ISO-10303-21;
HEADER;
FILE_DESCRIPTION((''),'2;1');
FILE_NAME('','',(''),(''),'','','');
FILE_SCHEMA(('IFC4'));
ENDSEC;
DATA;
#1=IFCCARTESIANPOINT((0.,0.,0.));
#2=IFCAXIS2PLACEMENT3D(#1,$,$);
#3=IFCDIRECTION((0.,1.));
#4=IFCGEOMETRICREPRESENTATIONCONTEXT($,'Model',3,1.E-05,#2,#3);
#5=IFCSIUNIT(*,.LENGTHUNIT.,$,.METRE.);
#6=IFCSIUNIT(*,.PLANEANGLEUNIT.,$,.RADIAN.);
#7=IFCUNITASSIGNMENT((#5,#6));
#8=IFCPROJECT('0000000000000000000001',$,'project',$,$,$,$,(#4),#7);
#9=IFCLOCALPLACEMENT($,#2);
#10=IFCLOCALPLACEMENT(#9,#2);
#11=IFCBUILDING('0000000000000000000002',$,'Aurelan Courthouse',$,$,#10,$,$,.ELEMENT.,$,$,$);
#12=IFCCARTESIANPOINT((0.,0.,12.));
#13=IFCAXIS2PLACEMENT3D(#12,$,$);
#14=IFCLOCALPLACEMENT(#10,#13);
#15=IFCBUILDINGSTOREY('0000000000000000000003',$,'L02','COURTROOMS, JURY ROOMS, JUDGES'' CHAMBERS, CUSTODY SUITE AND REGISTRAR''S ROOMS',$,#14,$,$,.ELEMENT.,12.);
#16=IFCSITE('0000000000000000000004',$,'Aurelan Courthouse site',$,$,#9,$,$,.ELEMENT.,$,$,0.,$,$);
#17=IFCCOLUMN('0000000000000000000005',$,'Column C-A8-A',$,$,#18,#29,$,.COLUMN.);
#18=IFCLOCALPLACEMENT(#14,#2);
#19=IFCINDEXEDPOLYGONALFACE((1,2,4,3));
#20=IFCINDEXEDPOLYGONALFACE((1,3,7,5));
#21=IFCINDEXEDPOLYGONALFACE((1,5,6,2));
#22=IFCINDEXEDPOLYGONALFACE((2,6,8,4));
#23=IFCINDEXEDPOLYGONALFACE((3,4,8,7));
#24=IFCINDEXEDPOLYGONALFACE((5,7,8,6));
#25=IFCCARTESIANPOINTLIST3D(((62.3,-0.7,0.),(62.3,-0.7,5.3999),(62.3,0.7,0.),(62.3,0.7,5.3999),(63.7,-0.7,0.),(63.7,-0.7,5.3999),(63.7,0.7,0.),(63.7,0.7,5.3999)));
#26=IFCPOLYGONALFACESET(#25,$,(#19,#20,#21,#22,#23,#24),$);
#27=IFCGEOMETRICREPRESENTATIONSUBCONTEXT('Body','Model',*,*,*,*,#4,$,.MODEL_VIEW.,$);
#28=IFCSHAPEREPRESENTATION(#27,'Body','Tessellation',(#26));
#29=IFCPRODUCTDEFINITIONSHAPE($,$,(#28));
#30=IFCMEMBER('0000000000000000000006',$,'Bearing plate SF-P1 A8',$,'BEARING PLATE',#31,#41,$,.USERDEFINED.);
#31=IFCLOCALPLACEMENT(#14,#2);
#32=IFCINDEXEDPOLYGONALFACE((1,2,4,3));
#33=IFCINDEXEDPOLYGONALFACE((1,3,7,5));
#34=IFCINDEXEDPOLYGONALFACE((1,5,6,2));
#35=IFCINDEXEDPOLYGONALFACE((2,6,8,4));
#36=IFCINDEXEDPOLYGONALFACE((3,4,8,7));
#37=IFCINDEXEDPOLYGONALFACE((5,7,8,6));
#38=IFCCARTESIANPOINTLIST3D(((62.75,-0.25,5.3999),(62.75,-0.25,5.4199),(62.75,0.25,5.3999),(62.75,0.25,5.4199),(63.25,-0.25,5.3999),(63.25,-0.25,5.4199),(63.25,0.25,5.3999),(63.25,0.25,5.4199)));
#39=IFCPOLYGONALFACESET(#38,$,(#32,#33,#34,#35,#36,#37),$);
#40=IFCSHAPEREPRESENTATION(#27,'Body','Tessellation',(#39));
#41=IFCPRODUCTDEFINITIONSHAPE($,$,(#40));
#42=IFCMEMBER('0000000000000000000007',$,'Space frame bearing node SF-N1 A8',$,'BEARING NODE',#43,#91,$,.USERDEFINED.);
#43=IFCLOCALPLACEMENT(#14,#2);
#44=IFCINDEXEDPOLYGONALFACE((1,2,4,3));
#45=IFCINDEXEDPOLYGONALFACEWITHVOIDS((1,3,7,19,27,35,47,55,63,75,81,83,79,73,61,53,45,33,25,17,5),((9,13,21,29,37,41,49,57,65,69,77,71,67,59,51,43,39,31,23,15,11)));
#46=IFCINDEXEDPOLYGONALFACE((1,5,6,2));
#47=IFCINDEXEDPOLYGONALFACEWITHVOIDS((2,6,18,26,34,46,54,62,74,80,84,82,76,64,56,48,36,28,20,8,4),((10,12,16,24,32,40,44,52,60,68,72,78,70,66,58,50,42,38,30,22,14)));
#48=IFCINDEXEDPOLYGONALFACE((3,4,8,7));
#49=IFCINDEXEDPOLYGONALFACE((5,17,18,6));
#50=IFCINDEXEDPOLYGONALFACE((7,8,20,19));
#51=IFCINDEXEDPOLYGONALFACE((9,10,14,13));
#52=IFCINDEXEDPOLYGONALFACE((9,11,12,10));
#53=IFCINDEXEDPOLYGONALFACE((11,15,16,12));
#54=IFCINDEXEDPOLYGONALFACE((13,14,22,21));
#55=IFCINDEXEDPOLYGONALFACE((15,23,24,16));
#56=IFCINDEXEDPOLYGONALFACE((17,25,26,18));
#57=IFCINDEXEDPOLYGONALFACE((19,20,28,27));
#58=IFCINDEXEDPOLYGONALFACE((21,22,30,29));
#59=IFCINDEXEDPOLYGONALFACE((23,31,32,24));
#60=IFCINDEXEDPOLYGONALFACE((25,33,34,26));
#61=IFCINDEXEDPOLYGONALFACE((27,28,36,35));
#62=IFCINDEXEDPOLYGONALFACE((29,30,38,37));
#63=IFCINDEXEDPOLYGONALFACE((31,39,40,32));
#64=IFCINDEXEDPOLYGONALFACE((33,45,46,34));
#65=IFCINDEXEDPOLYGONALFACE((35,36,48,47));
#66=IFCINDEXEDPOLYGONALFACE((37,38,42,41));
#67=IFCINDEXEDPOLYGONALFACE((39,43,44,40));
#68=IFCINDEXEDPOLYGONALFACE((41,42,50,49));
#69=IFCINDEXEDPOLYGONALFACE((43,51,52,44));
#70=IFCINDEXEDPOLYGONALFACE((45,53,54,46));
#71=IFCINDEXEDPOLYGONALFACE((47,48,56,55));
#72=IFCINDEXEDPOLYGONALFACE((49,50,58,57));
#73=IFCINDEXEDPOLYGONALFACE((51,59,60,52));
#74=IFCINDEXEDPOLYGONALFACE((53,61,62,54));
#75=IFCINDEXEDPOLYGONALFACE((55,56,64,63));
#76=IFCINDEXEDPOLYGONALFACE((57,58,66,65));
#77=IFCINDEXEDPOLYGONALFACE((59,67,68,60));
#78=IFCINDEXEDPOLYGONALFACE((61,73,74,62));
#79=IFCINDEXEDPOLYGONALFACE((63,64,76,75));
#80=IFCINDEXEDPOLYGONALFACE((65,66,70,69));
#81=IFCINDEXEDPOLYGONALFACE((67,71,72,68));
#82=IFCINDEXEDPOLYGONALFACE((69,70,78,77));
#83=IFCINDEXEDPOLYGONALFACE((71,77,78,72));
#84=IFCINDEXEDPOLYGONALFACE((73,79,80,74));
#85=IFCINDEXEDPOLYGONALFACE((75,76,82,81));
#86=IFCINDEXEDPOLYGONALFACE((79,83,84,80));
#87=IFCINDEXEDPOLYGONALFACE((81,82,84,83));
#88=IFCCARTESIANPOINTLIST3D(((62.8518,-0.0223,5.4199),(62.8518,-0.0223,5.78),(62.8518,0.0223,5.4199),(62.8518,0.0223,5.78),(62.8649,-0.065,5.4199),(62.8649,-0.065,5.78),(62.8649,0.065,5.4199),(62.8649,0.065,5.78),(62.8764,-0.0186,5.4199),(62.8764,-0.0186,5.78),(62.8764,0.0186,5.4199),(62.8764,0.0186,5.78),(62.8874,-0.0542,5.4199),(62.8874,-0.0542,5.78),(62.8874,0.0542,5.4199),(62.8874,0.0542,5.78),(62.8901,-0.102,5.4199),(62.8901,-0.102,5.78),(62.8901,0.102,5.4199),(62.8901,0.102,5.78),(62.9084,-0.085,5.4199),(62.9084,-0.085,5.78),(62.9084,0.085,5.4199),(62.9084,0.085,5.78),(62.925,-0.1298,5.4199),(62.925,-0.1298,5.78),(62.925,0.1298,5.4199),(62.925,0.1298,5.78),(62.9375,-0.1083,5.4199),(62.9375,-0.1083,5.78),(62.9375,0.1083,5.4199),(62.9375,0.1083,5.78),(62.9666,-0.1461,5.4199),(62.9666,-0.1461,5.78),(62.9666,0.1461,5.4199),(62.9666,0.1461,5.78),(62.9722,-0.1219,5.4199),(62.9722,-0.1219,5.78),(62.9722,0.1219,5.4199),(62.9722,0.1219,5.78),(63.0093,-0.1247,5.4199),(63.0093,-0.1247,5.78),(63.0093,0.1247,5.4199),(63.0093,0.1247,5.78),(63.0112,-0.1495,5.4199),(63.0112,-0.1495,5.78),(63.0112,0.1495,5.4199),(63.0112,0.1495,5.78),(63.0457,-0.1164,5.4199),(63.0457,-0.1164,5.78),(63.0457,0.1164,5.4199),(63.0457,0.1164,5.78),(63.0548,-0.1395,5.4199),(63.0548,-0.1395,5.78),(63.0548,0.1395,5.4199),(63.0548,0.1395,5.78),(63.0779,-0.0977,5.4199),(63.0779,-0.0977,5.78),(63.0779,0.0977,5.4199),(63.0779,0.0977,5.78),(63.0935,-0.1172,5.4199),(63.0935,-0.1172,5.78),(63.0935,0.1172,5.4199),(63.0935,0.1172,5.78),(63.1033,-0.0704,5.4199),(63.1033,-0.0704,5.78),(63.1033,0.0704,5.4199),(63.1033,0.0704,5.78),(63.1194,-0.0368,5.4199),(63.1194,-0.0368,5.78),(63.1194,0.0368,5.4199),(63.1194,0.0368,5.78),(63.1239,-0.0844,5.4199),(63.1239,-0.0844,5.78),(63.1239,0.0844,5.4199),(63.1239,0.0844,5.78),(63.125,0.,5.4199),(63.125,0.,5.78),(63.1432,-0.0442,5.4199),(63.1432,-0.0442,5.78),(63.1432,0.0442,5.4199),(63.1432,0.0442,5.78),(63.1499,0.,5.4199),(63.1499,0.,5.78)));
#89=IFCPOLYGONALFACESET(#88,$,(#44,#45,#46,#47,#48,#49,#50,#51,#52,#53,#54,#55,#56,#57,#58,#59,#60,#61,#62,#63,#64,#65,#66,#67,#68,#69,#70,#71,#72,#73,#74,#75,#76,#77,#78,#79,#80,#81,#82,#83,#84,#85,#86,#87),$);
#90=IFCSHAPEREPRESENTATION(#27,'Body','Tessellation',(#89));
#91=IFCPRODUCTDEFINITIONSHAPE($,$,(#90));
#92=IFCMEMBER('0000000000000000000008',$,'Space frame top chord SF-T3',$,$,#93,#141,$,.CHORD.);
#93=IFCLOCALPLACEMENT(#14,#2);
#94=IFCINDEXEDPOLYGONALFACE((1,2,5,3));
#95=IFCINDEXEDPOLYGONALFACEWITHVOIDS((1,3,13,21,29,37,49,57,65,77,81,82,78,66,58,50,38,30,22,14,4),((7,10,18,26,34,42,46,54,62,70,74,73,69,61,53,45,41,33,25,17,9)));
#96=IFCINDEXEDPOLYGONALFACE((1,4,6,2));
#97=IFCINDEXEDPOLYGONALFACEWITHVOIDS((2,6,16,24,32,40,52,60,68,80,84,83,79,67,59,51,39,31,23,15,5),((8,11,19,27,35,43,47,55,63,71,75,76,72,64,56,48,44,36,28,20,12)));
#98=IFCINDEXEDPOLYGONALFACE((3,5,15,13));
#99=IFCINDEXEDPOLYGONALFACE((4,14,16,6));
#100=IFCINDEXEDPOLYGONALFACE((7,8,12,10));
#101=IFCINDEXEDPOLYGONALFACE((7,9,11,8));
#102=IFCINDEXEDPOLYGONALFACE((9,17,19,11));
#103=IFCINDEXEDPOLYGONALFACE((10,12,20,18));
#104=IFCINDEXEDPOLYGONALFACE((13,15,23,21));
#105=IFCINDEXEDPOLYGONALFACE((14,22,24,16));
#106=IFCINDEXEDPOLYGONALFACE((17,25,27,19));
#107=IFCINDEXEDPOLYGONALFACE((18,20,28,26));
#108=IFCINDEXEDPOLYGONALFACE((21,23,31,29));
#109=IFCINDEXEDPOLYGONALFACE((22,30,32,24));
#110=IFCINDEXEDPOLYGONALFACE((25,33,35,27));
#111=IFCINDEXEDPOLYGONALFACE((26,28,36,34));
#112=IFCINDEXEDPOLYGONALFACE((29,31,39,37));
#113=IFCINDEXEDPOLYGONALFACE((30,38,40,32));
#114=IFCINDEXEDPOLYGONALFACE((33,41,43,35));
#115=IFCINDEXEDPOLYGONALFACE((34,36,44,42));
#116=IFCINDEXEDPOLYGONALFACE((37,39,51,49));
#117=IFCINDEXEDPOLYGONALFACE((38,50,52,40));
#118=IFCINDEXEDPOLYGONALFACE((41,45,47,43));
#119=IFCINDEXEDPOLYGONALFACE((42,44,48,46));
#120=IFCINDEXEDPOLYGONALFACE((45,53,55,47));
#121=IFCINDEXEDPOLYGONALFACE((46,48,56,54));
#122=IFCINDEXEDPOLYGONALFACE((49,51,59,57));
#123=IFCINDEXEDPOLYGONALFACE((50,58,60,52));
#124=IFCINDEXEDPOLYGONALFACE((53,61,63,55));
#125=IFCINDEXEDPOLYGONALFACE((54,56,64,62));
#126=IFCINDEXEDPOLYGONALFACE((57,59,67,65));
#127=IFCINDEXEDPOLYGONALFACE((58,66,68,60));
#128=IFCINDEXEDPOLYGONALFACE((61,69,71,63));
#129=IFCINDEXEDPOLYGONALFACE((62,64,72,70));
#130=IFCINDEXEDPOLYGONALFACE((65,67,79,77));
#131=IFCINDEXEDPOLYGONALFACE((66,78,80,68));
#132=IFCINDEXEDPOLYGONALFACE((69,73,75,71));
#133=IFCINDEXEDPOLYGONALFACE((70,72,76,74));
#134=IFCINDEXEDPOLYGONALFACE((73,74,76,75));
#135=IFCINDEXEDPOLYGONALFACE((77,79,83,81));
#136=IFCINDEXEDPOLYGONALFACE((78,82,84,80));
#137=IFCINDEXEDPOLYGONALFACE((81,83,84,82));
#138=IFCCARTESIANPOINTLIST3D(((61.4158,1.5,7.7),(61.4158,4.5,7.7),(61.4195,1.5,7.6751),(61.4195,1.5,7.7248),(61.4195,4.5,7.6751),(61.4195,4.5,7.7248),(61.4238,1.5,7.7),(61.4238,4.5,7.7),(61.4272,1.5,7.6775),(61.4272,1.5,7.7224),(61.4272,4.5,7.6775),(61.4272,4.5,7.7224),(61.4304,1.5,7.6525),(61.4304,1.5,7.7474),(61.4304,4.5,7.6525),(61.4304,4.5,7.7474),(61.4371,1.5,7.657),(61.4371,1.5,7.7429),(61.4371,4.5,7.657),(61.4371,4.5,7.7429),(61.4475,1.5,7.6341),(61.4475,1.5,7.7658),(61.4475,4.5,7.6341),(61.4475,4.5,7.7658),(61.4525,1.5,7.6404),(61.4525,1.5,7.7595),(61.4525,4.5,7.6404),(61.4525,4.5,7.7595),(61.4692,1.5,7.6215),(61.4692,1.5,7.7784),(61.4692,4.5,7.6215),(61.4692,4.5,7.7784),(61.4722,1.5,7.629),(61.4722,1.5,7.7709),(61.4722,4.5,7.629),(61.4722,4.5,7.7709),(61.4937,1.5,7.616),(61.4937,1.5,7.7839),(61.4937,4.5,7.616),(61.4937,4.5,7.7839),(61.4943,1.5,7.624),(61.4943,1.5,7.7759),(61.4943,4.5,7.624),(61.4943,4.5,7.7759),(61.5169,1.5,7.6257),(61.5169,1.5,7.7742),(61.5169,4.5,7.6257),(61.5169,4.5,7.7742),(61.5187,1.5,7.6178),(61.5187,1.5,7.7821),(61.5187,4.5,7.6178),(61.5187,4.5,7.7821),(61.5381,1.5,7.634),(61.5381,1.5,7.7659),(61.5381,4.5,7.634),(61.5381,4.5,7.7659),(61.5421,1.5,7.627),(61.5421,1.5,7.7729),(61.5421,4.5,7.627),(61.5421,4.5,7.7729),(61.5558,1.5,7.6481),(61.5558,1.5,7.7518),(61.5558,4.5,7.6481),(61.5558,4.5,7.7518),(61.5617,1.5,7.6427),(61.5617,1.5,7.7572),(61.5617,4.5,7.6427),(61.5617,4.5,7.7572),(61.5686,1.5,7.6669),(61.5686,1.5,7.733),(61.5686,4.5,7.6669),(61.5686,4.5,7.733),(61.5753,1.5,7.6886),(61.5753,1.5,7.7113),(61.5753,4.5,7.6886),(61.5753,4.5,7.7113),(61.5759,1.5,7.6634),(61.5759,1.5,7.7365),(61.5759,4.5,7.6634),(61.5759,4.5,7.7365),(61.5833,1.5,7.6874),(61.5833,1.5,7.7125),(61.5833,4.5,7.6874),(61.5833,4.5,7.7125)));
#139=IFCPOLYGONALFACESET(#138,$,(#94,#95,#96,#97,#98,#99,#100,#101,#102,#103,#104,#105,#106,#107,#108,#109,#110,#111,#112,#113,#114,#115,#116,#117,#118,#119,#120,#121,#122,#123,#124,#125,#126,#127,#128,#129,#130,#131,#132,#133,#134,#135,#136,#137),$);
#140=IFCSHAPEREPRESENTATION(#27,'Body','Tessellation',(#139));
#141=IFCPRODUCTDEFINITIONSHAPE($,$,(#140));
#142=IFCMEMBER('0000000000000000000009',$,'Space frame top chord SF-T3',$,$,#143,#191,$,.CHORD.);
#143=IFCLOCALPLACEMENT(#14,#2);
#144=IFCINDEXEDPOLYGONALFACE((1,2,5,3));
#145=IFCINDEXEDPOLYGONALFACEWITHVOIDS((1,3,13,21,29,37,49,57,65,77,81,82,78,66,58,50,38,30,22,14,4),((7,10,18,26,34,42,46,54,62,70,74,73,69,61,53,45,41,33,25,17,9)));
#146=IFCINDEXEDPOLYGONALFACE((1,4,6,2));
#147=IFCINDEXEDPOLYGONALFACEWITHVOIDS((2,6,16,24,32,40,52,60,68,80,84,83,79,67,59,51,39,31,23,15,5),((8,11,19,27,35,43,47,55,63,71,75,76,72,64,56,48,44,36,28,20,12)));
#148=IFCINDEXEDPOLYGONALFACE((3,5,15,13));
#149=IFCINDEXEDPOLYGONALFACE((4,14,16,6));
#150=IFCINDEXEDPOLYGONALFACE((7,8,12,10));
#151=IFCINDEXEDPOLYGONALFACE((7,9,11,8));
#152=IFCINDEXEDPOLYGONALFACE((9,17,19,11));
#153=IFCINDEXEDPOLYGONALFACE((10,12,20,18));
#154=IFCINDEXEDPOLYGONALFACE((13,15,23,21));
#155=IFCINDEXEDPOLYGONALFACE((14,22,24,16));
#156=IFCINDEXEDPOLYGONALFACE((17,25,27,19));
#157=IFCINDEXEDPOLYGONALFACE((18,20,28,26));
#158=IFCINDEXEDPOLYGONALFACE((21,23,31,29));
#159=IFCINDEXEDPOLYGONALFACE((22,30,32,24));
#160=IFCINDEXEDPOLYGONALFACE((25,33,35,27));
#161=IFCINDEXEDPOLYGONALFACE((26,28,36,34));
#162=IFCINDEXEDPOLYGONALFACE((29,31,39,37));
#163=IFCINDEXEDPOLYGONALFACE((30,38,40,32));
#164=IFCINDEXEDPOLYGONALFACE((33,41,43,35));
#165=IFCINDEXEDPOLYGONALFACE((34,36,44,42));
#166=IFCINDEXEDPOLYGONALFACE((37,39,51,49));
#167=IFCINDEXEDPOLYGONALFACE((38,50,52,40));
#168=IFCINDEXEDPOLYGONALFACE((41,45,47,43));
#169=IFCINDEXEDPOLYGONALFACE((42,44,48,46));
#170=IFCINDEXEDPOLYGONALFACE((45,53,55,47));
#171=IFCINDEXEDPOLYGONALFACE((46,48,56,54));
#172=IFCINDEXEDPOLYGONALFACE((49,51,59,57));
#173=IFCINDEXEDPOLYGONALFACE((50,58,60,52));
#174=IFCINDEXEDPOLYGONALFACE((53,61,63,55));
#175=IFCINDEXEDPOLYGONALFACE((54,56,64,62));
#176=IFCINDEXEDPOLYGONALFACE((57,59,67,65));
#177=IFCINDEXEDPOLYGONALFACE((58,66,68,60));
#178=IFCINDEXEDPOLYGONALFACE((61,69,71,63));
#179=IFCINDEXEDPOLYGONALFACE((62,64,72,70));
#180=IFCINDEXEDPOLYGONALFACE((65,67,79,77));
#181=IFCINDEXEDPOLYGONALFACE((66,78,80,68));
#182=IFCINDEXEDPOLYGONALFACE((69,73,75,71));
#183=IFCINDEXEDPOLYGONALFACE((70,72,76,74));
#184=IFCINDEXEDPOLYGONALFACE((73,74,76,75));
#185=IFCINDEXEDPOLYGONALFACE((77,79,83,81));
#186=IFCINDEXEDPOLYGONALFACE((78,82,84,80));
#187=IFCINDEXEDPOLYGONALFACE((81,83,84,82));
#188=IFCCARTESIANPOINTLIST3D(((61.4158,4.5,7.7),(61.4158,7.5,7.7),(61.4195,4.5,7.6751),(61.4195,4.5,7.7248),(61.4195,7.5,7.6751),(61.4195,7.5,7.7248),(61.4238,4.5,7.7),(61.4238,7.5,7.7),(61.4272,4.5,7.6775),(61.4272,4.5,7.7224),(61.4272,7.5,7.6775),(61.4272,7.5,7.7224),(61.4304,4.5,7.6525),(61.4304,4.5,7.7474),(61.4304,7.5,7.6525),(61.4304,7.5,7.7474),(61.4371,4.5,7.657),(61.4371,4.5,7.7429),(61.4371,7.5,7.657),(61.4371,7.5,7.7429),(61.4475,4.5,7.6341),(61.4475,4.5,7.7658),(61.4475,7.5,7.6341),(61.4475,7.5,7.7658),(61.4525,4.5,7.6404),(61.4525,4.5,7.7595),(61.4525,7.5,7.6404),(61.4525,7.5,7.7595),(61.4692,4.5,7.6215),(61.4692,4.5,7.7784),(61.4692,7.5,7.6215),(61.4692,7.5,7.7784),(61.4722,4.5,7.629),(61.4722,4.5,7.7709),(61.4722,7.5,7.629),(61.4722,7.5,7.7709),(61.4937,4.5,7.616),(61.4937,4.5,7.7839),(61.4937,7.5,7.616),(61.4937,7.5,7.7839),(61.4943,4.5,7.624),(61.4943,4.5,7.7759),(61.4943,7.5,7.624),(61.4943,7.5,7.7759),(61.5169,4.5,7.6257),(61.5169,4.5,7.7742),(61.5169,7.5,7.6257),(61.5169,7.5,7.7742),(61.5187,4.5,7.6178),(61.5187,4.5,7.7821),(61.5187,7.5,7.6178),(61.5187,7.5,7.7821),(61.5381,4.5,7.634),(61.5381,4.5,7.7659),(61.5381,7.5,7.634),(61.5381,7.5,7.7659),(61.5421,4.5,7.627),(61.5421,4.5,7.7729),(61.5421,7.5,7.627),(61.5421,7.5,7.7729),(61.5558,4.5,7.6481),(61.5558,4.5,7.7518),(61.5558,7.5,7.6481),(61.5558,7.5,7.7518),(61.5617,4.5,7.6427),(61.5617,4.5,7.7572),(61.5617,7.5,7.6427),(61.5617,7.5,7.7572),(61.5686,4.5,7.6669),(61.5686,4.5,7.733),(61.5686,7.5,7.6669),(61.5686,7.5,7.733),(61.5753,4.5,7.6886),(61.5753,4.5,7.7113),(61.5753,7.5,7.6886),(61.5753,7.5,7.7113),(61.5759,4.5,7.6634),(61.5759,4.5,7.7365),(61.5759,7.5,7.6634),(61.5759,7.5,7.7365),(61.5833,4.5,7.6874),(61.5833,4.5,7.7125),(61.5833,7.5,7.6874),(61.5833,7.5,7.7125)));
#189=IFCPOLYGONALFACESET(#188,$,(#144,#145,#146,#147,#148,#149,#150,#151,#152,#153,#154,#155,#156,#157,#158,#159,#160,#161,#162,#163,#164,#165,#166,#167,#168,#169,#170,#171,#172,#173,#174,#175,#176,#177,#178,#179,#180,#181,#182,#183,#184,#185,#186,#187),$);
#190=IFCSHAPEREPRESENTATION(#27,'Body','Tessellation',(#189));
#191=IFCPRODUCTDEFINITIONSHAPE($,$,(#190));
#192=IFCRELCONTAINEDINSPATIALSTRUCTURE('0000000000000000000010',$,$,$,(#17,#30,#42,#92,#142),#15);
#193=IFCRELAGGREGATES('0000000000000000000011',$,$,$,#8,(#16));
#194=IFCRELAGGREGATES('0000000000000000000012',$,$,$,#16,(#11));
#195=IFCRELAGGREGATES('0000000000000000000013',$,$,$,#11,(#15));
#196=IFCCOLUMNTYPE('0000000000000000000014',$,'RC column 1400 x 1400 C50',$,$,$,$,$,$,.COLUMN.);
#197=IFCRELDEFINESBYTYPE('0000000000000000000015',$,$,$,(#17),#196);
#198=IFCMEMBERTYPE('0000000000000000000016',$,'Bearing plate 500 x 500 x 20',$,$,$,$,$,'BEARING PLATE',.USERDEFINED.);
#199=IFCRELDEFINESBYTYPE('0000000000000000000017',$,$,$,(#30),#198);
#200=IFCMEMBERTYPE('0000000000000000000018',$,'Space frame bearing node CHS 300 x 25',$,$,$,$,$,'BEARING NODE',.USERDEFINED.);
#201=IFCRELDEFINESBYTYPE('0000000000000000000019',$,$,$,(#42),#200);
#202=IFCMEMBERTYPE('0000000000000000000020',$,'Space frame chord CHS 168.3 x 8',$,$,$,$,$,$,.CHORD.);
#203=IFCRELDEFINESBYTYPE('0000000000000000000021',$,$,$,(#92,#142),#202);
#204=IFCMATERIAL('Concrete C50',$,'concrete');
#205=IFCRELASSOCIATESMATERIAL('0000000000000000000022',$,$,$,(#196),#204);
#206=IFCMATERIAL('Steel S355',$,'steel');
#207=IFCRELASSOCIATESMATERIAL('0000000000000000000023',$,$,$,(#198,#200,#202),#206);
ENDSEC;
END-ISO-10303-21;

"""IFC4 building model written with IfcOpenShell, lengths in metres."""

from ifc_helpers import new_model, si_unit, direction, frame, origin, origin_2d, place, context, subcontext, project, spatial, rectangle, hollow_circle, extrude, material, material_profile, profile_set, type_object, element, save


model = new_model("IFC4")

# Units and contexts
model_context = context("Model", 3, precision=1e-05, world=origin(), true_north=direction((0.0, 1.0)))
body_context = subcontext(model_context, "Body", "Model", "MODEL_VIEW")
ifc_project = project(units=[si_unit("LENGTHUNIT", "METRE"), si_unit("PLANEANGLEUNIT", "RADIAN")], contexts=[model_context])

# Site, building, storey
site_placement = place(None, origin())
site = spatial("IfcSite", under=ifc_project, at=site_placement, Name="Aurelan Courthouse site", CompositionType="ELEMENT", RefElevation=0.0)
building_placement = place(site_placement, origin())
building = spatial("IfcBuilding", under=site, at=building_placement, Name="Aurelan Courthouse", CompositionType="ELEMENT")
storey_placement = place(building_placement, frame((0.0, 0.0, 12.0)))
storey = spatial("IfcBuildingStorey", under=building, at=storey_placement, Name="L02", Description="COURTROOMS, JURY ROOMS, JUDGES' CHAMBERS, CUSTODY SUITE AND REGISTRAR'S ROOMS", CompositionType="ELEMENT", Elevation=12.0)

# Column
ifc_material_1 = material(Name="Concrete C50", Category="concrete")
ifc_material_profile_1 = material_profile(ifc_material_1, rectangle(XDim=1.3999, YDim=1.3999, at=origin_2d()), Name="RC 1400 x 1400")
ifc_profile_set_1 = profile_set([ifc_material_profile_1], Name="Concrete C50")
column_type = type_object("IfcColumnType", Name="RC column 1400 x 1400 C50", PredefinedType="COLUMN", material=ifc_profile_set_1)
column_placement = place(storey_placement, frame((63.0, 0.0, 0.0), z_axis=(0.0, 0.0, 1.0), x_axis=(1.0, 0.0, 0.0)))
element("IfcColumn", 1, at=column_placement, inside=storey, type_object=column_type, Name="Column C-A8-A", PredefinedType="COLUMN", context=body_context, shape_type="SweptSolid", body=[
    extrude(rectangle(XDim=1.3999, YDim=1.3999, at=origin_2d()), origin(), (0.0, 0.0, 1.0), 5.3999),
])

# Members
ifc_material_2 = material(Name="Steel S355", Category="steel")
ifc_material_profile_2 = material_profile(ifc_material_2, rectangle(XDim=0.5, YDim=0.5, at=origin_2d()), Name="PL 500 x 500")
ifc_profile_set_2 = profile_set([ifc_material_profile_2], Name="Steel S355")
member_type_1 = type_object("IfcMemberType", Name="Bearing plate 500 x 500 x 20", ElementType="BEARING PLATE", PredefinedType="USERDEFINED", material=ifc_profile_set_2)
member_1_placement = place(storey_placement, frame((63.0, 0.0, 5.3999), z_axis=(0.0, 0.0, 1.0), x_axis=(1.0, 0.0, 0.0)))
element("IfcMember", 2, at=member_1_placement, inside=storey, type_object=member_type_1, Name="Bearing plate SF-P1 A8", ObjectType="BEARING PLATE", PredefinedType="USERDEFINED", context=body_context, shape_type="SweptSolid", body=[
    extrude(rectangle(XDim=0.5, YDim=0.5, at=origin_2d()), origin(), (0.0, 0.0, 1.0), 0.02),
])
ifc_material_profile_3 = material_profile(ifc_material_2, hollow_circle(Radius=0.1499, WallThickness=0.0249, at=origin_2d()), Name="CHS 300 x 25")
ifc_profile_set_3 = profile_set([ifc_material_profile_3], Name="Steel S355")
member_type_2 = type_object("IfcMemberType", Name="Space frame bearing node CHS 300 x 25", ElementType="BEARING NODE", PredefinedType="USERDEFINED", material=ifc_profile_set_3)
member_2_placement = place(storey_placement, frame((63.0, 0.0, 5.4199), z_axis=(0.0, 0.0, 1.0), x_axis=(1.0, 0.0, 0.0)))
element("IfcMember", 3, at=member_2_placement, inside=storey, type_object=member_type_2, Name="Space frame bearing node SF-N1 A8", ObjectType="BEARING NODE", PredefinedType="USERDEFINED", context=body_context, shape_type="SweptSolid", body=[
    extrude(hollow_circle(Radius=0.1499, WallThickness=0.0249, at=origin_2d()), origin(), (0.0, 0.0, 1.0), 0.3601),
])
ifc_material_profile_4 = material_profile(ifc_material_2, hollow_circle(Radius=0.0842, WallThickness=0.0081, at=origin_2d()), Name="CHS 168.3 x 8")
ifc_profile_set_4 = profile_set([ifc_material_profile_4], Name="Steel S355")
member_type_3 = type_object("IfcMemberType", Name="Space frame chord CHS 168.3 x 8", PredefinedType="CHORD", material=ifc_profile_set_4)
for number, where, z_axis, x_axis, name in (
    (4, (61.5, 1.5, 7.7), (0.0, 1.0, 0.0), (-1.0, 0.0, 0.0), "Space frame top chord SF-T3"),
    (5, (61.5, 4.5, 7.7), (0.0, 1.0, 0.0), (-1.0, 0.0, 0.0), "Space frame top chord SF-T3"),
):
    element("IfcMember", number, at=place(storey_placement, frame(where, z_axis=z_axis, x_axis=x_axis)), inside=storey, type_object=member_type_3, Name=name, PredefinedType="CHORD", context=body_context, shape_type="SweptSolid", body=[
        extrude(hollow_circle(Radius=0.0842, WallThickness=0.0081, at=origin_2d()), origin(), (0.0, 0.0, 1.0), 3.0),
    ])

save(model, "model.ifc")
